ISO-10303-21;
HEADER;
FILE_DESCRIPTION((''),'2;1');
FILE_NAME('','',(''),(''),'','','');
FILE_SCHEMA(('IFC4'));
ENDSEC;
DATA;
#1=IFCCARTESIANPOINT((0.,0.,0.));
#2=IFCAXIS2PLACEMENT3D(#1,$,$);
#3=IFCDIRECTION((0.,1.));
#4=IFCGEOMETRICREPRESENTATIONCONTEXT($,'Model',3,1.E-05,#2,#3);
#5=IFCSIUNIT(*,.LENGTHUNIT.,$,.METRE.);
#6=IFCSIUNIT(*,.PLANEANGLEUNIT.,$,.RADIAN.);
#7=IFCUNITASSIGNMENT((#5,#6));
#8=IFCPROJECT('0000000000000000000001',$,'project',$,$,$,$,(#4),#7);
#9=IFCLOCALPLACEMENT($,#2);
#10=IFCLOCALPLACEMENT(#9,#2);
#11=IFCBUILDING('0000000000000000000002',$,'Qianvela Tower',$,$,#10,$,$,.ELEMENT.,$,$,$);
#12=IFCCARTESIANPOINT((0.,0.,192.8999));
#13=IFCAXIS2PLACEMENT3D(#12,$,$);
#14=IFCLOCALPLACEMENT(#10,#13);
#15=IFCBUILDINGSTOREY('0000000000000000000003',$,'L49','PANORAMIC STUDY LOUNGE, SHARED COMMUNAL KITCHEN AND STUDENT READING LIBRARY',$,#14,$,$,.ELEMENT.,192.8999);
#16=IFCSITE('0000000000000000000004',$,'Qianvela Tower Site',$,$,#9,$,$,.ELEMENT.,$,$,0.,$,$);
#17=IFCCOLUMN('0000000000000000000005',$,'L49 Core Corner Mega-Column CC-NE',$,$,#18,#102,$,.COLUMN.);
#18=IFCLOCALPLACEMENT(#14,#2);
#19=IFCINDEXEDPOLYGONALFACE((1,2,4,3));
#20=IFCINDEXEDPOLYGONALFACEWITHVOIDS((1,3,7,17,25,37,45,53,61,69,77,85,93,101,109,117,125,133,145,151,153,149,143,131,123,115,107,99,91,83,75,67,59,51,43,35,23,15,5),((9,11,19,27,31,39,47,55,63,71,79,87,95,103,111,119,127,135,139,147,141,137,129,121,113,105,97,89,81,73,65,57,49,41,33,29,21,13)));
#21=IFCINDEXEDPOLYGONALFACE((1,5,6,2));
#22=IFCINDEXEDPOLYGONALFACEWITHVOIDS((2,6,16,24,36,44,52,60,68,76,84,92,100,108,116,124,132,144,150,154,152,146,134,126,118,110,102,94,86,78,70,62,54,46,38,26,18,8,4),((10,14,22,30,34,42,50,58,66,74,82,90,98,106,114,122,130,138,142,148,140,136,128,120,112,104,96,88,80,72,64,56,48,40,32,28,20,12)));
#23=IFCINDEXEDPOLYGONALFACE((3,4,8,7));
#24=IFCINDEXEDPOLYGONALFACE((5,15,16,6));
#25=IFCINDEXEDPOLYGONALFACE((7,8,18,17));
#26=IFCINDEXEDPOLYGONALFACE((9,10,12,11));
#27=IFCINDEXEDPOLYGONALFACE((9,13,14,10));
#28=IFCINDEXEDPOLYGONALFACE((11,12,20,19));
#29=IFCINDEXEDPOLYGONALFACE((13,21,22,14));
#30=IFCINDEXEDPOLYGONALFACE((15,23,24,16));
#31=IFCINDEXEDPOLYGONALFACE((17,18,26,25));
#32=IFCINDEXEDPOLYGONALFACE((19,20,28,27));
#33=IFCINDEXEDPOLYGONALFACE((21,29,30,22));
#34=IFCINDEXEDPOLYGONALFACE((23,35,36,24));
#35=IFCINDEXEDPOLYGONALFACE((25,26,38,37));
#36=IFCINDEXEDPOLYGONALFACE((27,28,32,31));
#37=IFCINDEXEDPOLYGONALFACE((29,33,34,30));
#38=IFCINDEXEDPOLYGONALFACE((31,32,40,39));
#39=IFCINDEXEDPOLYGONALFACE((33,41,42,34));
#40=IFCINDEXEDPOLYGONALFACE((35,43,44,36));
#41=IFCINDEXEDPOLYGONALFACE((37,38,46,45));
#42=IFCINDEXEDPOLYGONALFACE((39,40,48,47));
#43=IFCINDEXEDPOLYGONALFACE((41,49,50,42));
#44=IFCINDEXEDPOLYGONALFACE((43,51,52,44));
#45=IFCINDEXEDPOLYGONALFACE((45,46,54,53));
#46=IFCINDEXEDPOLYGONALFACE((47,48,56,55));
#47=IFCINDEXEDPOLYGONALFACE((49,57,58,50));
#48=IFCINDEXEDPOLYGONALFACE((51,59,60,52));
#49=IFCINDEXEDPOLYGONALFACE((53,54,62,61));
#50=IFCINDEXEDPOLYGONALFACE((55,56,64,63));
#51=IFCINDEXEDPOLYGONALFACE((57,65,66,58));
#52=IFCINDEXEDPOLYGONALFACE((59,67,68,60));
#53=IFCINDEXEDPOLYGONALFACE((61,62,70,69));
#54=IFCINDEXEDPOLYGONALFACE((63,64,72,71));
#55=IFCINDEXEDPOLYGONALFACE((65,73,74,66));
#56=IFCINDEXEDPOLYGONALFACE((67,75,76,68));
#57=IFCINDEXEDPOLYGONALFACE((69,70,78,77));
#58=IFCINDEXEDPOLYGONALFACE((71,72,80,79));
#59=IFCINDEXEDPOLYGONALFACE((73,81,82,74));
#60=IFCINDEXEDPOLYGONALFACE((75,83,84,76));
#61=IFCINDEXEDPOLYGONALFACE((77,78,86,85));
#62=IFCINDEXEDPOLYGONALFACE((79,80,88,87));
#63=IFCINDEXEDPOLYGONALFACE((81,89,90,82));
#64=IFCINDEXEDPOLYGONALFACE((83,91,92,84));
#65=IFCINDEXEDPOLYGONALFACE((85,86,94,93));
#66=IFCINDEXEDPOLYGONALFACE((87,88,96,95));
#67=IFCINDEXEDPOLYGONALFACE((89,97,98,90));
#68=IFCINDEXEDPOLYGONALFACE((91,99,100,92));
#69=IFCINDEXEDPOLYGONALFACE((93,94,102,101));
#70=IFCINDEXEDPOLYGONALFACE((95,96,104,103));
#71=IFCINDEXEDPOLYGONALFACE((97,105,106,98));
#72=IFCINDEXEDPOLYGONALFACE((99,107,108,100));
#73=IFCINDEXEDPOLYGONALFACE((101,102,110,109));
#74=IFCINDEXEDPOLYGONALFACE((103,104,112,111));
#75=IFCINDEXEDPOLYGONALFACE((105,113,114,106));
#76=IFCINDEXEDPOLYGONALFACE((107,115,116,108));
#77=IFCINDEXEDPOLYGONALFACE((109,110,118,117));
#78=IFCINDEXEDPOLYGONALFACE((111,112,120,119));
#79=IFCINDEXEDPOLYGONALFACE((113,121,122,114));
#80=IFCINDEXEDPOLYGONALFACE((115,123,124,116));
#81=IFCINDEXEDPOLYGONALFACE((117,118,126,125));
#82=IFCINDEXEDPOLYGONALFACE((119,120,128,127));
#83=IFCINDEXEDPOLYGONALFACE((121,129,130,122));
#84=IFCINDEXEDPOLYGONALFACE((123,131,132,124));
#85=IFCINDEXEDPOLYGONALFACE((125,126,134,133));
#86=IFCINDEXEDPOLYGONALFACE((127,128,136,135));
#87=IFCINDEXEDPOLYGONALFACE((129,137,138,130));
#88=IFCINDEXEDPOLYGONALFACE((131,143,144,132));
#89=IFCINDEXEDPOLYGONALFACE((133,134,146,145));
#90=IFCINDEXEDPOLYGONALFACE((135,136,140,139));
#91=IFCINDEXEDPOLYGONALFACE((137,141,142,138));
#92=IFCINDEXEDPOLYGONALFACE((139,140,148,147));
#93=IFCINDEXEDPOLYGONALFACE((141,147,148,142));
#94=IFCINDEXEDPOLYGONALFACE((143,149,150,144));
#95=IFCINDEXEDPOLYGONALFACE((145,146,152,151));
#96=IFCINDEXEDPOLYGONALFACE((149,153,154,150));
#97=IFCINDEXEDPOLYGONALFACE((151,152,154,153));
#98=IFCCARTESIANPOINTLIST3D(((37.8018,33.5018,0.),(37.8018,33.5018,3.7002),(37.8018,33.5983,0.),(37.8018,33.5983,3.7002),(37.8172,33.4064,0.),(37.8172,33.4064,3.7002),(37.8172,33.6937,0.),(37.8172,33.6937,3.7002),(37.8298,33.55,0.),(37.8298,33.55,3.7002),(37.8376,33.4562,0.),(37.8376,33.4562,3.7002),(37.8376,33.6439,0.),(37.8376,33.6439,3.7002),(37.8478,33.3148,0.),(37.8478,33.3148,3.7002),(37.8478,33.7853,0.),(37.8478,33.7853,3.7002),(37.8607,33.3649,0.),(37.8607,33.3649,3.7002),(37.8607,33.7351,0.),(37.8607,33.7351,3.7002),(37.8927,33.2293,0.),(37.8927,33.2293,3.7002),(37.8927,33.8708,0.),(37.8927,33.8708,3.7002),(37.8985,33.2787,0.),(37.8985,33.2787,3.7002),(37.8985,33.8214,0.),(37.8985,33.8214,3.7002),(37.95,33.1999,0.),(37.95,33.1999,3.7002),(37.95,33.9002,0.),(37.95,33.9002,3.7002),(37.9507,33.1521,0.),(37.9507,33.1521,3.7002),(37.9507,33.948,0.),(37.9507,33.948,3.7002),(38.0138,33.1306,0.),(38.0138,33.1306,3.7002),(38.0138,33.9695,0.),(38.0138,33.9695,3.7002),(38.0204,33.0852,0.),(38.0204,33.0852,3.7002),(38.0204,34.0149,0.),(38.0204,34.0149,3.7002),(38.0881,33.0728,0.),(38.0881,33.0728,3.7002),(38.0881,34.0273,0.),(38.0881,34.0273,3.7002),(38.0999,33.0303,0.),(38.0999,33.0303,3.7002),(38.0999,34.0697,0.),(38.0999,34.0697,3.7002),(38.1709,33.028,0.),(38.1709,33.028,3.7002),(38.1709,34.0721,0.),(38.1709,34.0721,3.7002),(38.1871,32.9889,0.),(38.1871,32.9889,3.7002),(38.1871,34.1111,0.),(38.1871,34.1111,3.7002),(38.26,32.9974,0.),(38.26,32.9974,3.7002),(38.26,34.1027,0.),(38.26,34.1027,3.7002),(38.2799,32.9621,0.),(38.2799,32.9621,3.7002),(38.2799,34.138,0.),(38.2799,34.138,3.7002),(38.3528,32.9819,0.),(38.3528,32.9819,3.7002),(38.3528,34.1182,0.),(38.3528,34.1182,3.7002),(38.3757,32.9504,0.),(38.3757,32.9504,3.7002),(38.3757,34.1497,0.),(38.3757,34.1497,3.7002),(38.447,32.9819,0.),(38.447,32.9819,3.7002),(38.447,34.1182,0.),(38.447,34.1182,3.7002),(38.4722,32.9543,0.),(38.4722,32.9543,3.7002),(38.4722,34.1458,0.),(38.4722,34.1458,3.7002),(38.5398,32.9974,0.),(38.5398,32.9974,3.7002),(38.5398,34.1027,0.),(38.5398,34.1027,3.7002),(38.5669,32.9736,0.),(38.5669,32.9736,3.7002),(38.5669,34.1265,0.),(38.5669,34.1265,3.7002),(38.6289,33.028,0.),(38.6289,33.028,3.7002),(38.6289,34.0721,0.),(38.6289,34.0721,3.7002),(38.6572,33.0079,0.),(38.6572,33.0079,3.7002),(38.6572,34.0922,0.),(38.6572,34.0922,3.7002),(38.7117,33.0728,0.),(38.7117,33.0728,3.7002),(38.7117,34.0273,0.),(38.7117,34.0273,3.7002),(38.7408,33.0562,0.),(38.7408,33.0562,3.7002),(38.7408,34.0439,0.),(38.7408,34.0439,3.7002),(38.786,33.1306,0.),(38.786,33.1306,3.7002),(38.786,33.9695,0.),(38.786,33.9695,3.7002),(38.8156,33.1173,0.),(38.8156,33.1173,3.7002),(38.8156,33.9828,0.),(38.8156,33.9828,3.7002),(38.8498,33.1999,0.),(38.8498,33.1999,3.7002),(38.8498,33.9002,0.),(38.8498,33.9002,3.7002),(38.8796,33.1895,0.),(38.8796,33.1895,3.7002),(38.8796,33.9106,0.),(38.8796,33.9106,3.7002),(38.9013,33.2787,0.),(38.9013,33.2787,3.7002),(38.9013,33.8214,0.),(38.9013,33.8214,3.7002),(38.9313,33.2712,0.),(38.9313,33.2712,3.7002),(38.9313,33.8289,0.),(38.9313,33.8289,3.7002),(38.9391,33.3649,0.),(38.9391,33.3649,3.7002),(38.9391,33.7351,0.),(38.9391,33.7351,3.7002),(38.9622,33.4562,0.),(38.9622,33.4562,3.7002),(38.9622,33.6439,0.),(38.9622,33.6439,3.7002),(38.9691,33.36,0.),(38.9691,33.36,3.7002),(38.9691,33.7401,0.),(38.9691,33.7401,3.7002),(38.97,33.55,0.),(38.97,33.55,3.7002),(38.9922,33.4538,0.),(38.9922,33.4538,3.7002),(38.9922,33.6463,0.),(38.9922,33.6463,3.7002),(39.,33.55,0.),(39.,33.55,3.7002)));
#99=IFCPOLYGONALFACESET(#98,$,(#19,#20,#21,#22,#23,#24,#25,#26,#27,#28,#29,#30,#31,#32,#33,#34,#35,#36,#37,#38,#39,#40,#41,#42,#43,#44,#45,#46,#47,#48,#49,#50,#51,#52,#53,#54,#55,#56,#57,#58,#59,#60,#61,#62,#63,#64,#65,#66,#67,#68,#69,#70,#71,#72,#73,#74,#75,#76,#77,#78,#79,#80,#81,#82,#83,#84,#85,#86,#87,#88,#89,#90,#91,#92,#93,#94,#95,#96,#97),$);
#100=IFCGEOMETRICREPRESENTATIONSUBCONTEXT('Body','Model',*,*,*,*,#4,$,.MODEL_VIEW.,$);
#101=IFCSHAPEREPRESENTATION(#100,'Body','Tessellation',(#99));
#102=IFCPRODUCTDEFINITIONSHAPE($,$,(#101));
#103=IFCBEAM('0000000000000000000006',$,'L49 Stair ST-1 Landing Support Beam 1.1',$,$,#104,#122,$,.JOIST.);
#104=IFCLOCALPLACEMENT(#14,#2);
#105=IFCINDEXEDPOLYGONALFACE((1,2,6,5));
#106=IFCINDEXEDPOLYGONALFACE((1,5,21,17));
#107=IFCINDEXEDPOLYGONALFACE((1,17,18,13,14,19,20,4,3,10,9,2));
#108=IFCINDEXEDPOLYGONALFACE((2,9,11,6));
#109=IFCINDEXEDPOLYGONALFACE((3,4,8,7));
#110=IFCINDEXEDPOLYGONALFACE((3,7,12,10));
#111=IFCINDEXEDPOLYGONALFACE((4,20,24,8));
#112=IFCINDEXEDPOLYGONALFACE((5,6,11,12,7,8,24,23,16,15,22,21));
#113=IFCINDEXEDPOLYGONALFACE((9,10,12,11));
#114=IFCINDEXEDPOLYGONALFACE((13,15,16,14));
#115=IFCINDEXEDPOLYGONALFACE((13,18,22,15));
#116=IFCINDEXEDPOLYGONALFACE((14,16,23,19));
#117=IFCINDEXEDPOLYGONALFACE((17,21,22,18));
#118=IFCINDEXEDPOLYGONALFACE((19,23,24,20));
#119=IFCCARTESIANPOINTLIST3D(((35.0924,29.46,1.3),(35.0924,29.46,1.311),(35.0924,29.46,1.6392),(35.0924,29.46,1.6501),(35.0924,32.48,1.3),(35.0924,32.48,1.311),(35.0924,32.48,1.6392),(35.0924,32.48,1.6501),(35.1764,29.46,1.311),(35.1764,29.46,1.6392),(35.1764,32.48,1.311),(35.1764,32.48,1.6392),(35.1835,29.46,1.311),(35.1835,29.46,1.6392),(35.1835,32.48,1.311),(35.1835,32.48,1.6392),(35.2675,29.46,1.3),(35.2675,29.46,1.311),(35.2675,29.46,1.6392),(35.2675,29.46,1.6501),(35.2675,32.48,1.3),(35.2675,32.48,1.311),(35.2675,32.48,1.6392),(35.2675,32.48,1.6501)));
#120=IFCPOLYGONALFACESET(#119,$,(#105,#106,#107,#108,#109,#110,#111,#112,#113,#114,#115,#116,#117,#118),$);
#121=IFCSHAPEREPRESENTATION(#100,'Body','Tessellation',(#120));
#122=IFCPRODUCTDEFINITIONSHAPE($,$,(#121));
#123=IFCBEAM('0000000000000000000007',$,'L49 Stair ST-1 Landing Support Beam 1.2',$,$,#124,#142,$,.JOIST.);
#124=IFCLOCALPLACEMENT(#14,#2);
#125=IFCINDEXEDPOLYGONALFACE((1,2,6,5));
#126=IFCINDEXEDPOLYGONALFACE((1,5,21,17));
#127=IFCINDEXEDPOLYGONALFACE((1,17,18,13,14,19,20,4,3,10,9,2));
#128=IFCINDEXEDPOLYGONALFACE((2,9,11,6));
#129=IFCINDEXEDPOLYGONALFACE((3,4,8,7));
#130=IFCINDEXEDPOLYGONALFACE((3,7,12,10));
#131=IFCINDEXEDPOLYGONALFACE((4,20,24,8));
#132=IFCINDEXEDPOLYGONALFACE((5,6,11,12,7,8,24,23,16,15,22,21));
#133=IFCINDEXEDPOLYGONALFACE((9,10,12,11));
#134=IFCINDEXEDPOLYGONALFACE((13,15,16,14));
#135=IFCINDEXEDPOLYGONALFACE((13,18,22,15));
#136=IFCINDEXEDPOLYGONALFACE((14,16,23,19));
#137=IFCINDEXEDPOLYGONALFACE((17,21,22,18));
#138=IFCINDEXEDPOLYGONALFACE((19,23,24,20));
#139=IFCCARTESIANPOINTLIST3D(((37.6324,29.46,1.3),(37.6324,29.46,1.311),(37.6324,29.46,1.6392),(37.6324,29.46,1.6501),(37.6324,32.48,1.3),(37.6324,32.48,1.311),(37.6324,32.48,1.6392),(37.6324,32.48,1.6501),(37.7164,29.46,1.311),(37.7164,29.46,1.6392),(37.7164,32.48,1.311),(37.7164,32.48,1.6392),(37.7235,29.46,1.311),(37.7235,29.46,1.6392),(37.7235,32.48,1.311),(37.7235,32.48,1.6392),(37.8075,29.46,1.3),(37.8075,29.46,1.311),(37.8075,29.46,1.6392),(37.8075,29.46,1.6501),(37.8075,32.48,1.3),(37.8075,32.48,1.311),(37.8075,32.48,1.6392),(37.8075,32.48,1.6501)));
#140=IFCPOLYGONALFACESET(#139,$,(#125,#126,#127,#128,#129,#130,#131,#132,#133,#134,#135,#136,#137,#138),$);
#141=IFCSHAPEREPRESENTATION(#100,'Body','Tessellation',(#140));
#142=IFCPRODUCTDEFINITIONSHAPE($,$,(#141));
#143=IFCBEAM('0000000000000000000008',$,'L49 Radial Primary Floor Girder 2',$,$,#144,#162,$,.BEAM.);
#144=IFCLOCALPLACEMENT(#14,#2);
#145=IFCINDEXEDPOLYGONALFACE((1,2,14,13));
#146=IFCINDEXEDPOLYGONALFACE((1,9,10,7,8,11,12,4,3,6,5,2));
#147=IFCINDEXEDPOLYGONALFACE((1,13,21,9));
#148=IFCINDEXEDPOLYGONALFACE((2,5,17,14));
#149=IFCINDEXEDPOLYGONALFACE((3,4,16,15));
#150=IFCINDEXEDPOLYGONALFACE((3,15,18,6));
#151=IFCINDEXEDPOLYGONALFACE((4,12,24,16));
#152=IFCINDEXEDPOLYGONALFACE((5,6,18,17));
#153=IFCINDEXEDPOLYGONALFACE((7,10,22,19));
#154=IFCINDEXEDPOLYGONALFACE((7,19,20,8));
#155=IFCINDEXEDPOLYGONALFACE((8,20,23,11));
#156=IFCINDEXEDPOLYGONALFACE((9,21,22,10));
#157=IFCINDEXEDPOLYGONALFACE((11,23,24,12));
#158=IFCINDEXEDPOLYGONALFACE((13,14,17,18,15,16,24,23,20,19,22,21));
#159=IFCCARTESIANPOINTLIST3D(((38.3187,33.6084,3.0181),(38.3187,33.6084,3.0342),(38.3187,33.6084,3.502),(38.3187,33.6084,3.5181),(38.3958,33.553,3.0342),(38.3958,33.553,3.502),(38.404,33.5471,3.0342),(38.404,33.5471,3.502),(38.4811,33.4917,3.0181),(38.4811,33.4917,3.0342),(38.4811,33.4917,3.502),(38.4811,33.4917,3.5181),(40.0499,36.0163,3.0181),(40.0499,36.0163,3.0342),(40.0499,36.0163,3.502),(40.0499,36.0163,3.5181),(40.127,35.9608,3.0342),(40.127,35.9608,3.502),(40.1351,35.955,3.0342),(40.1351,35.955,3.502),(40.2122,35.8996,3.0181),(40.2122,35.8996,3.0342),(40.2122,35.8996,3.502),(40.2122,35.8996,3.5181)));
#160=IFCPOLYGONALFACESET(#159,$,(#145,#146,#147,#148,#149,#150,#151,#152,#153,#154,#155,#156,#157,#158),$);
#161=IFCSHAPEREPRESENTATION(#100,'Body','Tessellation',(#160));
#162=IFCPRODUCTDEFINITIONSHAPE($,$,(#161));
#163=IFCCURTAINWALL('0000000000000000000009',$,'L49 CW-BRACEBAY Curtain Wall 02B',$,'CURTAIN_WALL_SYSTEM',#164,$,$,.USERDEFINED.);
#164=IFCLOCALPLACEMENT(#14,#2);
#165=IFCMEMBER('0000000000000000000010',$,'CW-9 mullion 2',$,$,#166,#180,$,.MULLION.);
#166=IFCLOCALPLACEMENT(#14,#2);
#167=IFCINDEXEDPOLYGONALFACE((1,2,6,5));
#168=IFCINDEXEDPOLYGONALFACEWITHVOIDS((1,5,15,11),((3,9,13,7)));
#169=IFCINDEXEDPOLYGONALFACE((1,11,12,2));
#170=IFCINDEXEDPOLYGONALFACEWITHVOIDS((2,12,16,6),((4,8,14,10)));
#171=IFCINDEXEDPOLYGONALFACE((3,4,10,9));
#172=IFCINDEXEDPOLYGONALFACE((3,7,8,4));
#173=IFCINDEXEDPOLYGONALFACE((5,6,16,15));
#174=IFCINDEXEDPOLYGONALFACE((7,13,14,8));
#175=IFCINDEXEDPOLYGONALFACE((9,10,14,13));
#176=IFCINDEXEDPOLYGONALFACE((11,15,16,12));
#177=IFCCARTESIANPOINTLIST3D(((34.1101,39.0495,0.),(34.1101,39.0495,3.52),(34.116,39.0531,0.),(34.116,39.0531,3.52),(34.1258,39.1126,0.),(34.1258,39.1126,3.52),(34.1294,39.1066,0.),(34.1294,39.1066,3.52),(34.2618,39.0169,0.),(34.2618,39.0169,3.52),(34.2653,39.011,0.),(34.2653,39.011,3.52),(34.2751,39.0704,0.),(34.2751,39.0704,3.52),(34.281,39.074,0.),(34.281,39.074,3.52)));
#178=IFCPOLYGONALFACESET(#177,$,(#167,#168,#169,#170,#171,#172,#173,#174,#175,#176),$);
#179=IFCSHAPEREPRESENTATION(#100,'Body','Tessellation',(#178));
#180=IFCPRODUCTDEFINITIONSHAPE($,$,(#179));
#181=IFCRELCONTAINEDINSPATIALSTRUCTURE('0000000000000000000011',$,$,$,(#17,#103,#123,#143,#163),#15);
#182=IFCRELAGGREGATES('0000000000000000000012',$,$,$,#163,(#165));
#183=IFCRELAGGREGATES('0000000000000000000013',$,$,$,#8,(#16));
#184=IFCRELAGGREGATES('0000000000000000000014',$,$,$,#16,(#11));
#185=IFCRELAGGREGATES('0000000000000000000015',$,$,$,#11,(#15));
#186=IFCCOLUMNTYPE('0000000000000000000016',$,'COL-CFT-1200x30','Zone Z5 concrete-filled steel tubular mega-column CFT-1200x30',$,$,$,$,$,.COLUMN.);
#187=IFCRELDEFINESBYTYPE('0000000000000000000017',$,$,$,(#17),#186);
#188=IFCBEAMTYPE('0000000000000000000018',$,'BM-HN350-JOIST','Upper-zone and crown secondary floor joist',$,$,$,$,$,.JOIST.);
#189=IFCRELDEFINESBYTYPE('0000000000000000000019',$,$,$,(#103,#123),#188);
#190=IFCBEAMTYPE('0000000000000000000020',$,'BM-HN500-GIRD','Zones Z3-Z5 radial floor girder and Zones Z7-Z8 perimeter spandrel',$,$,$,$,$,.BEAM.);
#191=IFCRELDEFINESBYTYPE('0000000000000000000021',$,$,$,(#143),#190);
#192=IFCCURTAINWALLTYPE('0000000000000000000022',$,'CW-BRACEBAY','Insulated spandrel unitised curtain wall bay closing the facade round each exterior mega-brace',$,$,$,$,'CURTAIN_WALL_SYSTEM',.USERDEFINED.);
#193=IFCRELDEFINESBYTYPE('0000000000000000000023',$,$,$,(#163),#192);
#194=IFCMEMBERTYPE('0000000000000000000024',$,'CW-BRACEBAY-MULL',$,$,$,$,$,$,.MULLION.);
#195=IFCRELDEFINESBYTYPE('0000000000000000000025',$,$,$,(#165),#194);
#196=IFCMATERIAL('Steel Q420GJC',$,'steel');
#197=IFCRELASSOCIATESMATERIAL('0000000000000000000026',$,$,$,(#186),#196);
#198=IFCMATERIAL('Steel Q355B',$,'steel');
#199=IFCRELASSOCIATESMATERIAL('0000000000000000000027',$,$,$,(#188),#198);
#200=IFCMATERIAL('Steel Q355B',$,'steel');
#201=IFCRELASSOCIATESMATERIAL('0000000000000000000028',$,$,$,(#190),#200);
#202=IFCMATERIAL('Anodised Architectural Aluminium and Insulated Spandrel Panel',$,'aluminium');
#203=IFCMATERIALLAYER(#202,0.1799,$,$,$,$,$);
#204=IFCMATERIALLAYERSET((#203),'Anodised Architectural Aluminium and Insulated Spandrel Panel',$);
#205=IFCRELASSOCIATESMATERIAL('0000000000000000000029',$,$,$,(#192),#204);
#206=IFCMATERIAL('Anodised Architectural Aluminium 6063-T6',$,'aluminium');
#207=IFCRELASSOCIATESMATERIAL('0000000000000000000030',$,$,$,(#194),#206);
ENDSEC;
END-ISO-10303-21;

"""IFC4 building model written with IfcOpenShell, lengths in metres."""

from ifc_helpers import new_model, si_unit, direction, frame, origin, origin_2d, place, context, subcontext, project, spatial, hollow_rectangle, hollow_circle, i_section, extrude, material, layer, layer_set, material_profile, profile_set, type_object, element, aggregate, save


model = new_model("IFC4")

# Units and contexts
model_context = context("Model", 3, precision=1e-05, world=origin(), true_north=direction((0.0, 1.0)))
body_context = subcontext(model_context, "Body", "Model", "MODEL_VIEW")
ifc_project = project(units=[si_unit("LENGTHUNIT", "METRE"), si_unit("PLANEANGLEUNIT", "RADIAN")], contexts=[model_context])

# Site, building, storey
site_placement = place(None, origin())
site = spatial("IfcSite", under=ifc_project, at=site_placement, Name="Qianvela Tower Site", CompositionType="ELEMENT", RefElevation=0.0)
building_placement = place(site_placement, origin())
building = spatial("IfcBuilding", under=site, at=building_placement, Name="Qianvela Tower", CompositionType="ELEMENT")
storey_placement = place(building_placement, frame((0.0, 0.0, 192.8999)))
storey = spatial("IfcBuildingStorey", under=building, at=storey_placement, Name="L49", Description="PANORAMIC STUDY LOUNGE, SHARED COMMUNAL KITCHEN AND STUDENT READING LIBRARY", CompositionType="ELEMENT", Elevation=192.8999)

# Column
ifc_material_1 = material(Name="Steel Q420GJC", Category="steel")
ifc_material_profile_1 = material_profile(ifc_material_1, hollow_circle(Radius=0.6001, WallThickness=0.03, at=origin_2d()), Name="CFT-1200x30")
ifc_profile_set_1 = profile_set([ifc_material_profile_1], Name="Steel Q420GJC")
column_type = type_object("IfcColumnType", Name="COL-CFT-1200x30", Description="Zone Z5 concrete-filled steel tubular mega-column CFT-1200x30", PredefinedType="COLUMN", material=ifc_profile_set_1)
column_placement = place(storey_placement, frame((38.3999, 33.55, 0.0), z_axis=(0.0, 0.0, 1.0), x_axis=(1.0, 0.0, 0.0)))
element("IfcColumn", 1, at=column_placement, inside=storey, type_object=column_type, Name="L49 Core Corner Mega-Column CC-NE", PredefinedType="COLUMN", context=body_context, shape_type="SweptSolid", body=[
    extrude(hollow_circle(Radius=0.6001, WallThickness=0.03, at=origin_2d()), origin(), (0.0, 0.0, 1.0), 3.7002),
])

# Beams
ifc_material_2 = material(Name="Steel Q355B", Category="steel")
ifc_material_profile_2 = material_profile(ifc_material_2, i_section(OverallWidth=0.175, OverallDepth=0.3501, WebThickness=0.0071, FlangeThickness=0.011, at=origin_2d()), Name="HN350x175x7x11")
ifc_profile_set_2 = profile_set([ifc_material_profile_2], Name="Steel Q355B")
beam_type_1 = type_object("IfcBeamType", Name="BM-HN350-JOIST", Description="Upper-zone and crown secondary floor joist", PredefinedType="JOIST", material=ifc_profile_set_2)
for number, where, z_axis, x_axis, name in (
    (2, (35.1799, 29.46, 1.4751), (0.0, 1.0, 0.0), (-1.0, 0.0, 0.0), "L49 Stair ST-1 Landing Support Beam 1.1"),
    (3, (37.72, 29.46, 1.4751), (0.0, 1.0, 0.0), (-1.0, 0.0, 0.0), "L49 Stair ST-1 Landing Support Beam 1.2"),
):
    element("IfcBeam", number, at=place(storey_placement, frame(where, z_axis=z_axis, x_axis=x_axis)), inside=storey, type_object=beam_type_1, Name=name, PredefinedType="JOIST", context=body_context, shape_type="SweptSolid", body=[
        extrude(i_section(OverallWidth=0.175, OverallDepth=0.3501, WebThickness=0.0071, FlangeThickness=0.011, at=origin_2d()), origin(), (0.0, 0.0, 1.0), 3.02),
    ])
ifc_material_3 = material(Name="Steel Q355B", Category="steel")
ifc_material_profile_3 = material_profile(ifc_material_3, i_section(OverallWidth=0.2, OverallDepth=0.5, WebThickness=0.01, FlangeThickness=0.0161, at=origin_2d()), Name="HN500x200x10x16")
ifc_profile_set_3 = profile_set([ifc_material_profile_3], Name="Steel Q355B")
beam_type_2 = type_object("IfcBeamType", Name="BM-HN500-GIRD", Description="Zones Z3-Z5 radial floor girder and Zones Z7-Z8 perimeter spandrel", PredefinedType="BEAM", material=ifc_profile_set_3)
beam_placement = place(storey_placement, frame((38.3999, 33.55, 3.2681), z_axis=(0.583743, 0.811939, 0.0), x_axis=(-0.811939, 0.583743, 0.0)))
element("IfcBeam", 4, at=beam_placement, inside=storey, type_object=beam_type_2, Name="L49 Radial Primary Floor Girder 2", PredefinedType="BEAM", context=body_context, shape_type="SweptSolid", body=[
    extrude(i_section(OverallWidth=0.2, OverallDepth=0.5, WebThickness=0.01, FlangeThickness=0.0161, at=origin_2d()), origin(), (0.0, 0.0, 1.0), 2.9656),
])

# Curtain wall, member
ifc_material_4 = material(Name="Anodised Architectural Aluminium and Insulated Spandrel Panel", Category="aluminium")
ifc_layer_1 = layer(ifc_material_4, 0.1799)
ifc_layer_set_1 = layer_set([ifc_layer_1], Name="Anodised Architectural Aluminium and Insulated Spandrel Panel")
curtain_wall_type = type_object("IfcCurtainWallType", Name="CW-BRACEBAY", Description="Insulated spandrel unitised curtain wall bay closing the facade round each exterior mega-brace", ElementType="CURTAIN_WALL_SYSTEM", PredefinedType="USERDEFINED", material=ifc_layer_set_1)
curtain_wall_placement = place(storey_placement, origin())
curtain_wall = element("IfcCurtainWall", 5, at=curtain_wall_placement, inside=storey, type_object=curtain_wall_type, Name="L49 CW-BRACEBAY Curtain Wall 02B", ObjectType="CURTAIN_WALL_SYSTEM", PredefinedType="USERDEFINED")
ifc_material_5 = material(Name="Anodised Architectural Aluminium 6063-T6", Category="aluminium")
ifc_material_profile_4 = material_profile(ifc_material_5, hollow_rectangle(XDim=0.0649, YDim=0.1599, WallThickness=0.0049, at=origin_2d()), Name="ALU-MULL-65x160")
ifc_profile_set_4 = profile_set([ifc_material_profile_4], Name="Anodised Architectural Aluminium 6063-T6")
member_type_1 = type_object("IfcMemberType", Name="CW-BRACEBAY-MULL", PredefinedType="MULLION", material=ifc_profile_set_4)
member_1_placement = place(storey_placement, frame((34.1956, 39.0618, 0.0), z_axis=(0.0, 0.0, 1.0), x_axis=(-0.241124, -0.970494, 0.0)))
member_1 = element("IfcMember", 6, at=member_1_placement, type_object=member_type_1, Name="CW-9 mullion 2", PredefinedType="MULLION", context=body_context, shape_type="SweptSolid", body=[
    extrude(hollow_rectangle(XDim=0.0649, YDim=0.1599, WallThickness=0.0049, at=origin_2d()), origin(), (0.0, 0.0, 1.0), 3.52),
])
aggregate(curtain_wall, [member_1])

save(model, "model.ifc")
